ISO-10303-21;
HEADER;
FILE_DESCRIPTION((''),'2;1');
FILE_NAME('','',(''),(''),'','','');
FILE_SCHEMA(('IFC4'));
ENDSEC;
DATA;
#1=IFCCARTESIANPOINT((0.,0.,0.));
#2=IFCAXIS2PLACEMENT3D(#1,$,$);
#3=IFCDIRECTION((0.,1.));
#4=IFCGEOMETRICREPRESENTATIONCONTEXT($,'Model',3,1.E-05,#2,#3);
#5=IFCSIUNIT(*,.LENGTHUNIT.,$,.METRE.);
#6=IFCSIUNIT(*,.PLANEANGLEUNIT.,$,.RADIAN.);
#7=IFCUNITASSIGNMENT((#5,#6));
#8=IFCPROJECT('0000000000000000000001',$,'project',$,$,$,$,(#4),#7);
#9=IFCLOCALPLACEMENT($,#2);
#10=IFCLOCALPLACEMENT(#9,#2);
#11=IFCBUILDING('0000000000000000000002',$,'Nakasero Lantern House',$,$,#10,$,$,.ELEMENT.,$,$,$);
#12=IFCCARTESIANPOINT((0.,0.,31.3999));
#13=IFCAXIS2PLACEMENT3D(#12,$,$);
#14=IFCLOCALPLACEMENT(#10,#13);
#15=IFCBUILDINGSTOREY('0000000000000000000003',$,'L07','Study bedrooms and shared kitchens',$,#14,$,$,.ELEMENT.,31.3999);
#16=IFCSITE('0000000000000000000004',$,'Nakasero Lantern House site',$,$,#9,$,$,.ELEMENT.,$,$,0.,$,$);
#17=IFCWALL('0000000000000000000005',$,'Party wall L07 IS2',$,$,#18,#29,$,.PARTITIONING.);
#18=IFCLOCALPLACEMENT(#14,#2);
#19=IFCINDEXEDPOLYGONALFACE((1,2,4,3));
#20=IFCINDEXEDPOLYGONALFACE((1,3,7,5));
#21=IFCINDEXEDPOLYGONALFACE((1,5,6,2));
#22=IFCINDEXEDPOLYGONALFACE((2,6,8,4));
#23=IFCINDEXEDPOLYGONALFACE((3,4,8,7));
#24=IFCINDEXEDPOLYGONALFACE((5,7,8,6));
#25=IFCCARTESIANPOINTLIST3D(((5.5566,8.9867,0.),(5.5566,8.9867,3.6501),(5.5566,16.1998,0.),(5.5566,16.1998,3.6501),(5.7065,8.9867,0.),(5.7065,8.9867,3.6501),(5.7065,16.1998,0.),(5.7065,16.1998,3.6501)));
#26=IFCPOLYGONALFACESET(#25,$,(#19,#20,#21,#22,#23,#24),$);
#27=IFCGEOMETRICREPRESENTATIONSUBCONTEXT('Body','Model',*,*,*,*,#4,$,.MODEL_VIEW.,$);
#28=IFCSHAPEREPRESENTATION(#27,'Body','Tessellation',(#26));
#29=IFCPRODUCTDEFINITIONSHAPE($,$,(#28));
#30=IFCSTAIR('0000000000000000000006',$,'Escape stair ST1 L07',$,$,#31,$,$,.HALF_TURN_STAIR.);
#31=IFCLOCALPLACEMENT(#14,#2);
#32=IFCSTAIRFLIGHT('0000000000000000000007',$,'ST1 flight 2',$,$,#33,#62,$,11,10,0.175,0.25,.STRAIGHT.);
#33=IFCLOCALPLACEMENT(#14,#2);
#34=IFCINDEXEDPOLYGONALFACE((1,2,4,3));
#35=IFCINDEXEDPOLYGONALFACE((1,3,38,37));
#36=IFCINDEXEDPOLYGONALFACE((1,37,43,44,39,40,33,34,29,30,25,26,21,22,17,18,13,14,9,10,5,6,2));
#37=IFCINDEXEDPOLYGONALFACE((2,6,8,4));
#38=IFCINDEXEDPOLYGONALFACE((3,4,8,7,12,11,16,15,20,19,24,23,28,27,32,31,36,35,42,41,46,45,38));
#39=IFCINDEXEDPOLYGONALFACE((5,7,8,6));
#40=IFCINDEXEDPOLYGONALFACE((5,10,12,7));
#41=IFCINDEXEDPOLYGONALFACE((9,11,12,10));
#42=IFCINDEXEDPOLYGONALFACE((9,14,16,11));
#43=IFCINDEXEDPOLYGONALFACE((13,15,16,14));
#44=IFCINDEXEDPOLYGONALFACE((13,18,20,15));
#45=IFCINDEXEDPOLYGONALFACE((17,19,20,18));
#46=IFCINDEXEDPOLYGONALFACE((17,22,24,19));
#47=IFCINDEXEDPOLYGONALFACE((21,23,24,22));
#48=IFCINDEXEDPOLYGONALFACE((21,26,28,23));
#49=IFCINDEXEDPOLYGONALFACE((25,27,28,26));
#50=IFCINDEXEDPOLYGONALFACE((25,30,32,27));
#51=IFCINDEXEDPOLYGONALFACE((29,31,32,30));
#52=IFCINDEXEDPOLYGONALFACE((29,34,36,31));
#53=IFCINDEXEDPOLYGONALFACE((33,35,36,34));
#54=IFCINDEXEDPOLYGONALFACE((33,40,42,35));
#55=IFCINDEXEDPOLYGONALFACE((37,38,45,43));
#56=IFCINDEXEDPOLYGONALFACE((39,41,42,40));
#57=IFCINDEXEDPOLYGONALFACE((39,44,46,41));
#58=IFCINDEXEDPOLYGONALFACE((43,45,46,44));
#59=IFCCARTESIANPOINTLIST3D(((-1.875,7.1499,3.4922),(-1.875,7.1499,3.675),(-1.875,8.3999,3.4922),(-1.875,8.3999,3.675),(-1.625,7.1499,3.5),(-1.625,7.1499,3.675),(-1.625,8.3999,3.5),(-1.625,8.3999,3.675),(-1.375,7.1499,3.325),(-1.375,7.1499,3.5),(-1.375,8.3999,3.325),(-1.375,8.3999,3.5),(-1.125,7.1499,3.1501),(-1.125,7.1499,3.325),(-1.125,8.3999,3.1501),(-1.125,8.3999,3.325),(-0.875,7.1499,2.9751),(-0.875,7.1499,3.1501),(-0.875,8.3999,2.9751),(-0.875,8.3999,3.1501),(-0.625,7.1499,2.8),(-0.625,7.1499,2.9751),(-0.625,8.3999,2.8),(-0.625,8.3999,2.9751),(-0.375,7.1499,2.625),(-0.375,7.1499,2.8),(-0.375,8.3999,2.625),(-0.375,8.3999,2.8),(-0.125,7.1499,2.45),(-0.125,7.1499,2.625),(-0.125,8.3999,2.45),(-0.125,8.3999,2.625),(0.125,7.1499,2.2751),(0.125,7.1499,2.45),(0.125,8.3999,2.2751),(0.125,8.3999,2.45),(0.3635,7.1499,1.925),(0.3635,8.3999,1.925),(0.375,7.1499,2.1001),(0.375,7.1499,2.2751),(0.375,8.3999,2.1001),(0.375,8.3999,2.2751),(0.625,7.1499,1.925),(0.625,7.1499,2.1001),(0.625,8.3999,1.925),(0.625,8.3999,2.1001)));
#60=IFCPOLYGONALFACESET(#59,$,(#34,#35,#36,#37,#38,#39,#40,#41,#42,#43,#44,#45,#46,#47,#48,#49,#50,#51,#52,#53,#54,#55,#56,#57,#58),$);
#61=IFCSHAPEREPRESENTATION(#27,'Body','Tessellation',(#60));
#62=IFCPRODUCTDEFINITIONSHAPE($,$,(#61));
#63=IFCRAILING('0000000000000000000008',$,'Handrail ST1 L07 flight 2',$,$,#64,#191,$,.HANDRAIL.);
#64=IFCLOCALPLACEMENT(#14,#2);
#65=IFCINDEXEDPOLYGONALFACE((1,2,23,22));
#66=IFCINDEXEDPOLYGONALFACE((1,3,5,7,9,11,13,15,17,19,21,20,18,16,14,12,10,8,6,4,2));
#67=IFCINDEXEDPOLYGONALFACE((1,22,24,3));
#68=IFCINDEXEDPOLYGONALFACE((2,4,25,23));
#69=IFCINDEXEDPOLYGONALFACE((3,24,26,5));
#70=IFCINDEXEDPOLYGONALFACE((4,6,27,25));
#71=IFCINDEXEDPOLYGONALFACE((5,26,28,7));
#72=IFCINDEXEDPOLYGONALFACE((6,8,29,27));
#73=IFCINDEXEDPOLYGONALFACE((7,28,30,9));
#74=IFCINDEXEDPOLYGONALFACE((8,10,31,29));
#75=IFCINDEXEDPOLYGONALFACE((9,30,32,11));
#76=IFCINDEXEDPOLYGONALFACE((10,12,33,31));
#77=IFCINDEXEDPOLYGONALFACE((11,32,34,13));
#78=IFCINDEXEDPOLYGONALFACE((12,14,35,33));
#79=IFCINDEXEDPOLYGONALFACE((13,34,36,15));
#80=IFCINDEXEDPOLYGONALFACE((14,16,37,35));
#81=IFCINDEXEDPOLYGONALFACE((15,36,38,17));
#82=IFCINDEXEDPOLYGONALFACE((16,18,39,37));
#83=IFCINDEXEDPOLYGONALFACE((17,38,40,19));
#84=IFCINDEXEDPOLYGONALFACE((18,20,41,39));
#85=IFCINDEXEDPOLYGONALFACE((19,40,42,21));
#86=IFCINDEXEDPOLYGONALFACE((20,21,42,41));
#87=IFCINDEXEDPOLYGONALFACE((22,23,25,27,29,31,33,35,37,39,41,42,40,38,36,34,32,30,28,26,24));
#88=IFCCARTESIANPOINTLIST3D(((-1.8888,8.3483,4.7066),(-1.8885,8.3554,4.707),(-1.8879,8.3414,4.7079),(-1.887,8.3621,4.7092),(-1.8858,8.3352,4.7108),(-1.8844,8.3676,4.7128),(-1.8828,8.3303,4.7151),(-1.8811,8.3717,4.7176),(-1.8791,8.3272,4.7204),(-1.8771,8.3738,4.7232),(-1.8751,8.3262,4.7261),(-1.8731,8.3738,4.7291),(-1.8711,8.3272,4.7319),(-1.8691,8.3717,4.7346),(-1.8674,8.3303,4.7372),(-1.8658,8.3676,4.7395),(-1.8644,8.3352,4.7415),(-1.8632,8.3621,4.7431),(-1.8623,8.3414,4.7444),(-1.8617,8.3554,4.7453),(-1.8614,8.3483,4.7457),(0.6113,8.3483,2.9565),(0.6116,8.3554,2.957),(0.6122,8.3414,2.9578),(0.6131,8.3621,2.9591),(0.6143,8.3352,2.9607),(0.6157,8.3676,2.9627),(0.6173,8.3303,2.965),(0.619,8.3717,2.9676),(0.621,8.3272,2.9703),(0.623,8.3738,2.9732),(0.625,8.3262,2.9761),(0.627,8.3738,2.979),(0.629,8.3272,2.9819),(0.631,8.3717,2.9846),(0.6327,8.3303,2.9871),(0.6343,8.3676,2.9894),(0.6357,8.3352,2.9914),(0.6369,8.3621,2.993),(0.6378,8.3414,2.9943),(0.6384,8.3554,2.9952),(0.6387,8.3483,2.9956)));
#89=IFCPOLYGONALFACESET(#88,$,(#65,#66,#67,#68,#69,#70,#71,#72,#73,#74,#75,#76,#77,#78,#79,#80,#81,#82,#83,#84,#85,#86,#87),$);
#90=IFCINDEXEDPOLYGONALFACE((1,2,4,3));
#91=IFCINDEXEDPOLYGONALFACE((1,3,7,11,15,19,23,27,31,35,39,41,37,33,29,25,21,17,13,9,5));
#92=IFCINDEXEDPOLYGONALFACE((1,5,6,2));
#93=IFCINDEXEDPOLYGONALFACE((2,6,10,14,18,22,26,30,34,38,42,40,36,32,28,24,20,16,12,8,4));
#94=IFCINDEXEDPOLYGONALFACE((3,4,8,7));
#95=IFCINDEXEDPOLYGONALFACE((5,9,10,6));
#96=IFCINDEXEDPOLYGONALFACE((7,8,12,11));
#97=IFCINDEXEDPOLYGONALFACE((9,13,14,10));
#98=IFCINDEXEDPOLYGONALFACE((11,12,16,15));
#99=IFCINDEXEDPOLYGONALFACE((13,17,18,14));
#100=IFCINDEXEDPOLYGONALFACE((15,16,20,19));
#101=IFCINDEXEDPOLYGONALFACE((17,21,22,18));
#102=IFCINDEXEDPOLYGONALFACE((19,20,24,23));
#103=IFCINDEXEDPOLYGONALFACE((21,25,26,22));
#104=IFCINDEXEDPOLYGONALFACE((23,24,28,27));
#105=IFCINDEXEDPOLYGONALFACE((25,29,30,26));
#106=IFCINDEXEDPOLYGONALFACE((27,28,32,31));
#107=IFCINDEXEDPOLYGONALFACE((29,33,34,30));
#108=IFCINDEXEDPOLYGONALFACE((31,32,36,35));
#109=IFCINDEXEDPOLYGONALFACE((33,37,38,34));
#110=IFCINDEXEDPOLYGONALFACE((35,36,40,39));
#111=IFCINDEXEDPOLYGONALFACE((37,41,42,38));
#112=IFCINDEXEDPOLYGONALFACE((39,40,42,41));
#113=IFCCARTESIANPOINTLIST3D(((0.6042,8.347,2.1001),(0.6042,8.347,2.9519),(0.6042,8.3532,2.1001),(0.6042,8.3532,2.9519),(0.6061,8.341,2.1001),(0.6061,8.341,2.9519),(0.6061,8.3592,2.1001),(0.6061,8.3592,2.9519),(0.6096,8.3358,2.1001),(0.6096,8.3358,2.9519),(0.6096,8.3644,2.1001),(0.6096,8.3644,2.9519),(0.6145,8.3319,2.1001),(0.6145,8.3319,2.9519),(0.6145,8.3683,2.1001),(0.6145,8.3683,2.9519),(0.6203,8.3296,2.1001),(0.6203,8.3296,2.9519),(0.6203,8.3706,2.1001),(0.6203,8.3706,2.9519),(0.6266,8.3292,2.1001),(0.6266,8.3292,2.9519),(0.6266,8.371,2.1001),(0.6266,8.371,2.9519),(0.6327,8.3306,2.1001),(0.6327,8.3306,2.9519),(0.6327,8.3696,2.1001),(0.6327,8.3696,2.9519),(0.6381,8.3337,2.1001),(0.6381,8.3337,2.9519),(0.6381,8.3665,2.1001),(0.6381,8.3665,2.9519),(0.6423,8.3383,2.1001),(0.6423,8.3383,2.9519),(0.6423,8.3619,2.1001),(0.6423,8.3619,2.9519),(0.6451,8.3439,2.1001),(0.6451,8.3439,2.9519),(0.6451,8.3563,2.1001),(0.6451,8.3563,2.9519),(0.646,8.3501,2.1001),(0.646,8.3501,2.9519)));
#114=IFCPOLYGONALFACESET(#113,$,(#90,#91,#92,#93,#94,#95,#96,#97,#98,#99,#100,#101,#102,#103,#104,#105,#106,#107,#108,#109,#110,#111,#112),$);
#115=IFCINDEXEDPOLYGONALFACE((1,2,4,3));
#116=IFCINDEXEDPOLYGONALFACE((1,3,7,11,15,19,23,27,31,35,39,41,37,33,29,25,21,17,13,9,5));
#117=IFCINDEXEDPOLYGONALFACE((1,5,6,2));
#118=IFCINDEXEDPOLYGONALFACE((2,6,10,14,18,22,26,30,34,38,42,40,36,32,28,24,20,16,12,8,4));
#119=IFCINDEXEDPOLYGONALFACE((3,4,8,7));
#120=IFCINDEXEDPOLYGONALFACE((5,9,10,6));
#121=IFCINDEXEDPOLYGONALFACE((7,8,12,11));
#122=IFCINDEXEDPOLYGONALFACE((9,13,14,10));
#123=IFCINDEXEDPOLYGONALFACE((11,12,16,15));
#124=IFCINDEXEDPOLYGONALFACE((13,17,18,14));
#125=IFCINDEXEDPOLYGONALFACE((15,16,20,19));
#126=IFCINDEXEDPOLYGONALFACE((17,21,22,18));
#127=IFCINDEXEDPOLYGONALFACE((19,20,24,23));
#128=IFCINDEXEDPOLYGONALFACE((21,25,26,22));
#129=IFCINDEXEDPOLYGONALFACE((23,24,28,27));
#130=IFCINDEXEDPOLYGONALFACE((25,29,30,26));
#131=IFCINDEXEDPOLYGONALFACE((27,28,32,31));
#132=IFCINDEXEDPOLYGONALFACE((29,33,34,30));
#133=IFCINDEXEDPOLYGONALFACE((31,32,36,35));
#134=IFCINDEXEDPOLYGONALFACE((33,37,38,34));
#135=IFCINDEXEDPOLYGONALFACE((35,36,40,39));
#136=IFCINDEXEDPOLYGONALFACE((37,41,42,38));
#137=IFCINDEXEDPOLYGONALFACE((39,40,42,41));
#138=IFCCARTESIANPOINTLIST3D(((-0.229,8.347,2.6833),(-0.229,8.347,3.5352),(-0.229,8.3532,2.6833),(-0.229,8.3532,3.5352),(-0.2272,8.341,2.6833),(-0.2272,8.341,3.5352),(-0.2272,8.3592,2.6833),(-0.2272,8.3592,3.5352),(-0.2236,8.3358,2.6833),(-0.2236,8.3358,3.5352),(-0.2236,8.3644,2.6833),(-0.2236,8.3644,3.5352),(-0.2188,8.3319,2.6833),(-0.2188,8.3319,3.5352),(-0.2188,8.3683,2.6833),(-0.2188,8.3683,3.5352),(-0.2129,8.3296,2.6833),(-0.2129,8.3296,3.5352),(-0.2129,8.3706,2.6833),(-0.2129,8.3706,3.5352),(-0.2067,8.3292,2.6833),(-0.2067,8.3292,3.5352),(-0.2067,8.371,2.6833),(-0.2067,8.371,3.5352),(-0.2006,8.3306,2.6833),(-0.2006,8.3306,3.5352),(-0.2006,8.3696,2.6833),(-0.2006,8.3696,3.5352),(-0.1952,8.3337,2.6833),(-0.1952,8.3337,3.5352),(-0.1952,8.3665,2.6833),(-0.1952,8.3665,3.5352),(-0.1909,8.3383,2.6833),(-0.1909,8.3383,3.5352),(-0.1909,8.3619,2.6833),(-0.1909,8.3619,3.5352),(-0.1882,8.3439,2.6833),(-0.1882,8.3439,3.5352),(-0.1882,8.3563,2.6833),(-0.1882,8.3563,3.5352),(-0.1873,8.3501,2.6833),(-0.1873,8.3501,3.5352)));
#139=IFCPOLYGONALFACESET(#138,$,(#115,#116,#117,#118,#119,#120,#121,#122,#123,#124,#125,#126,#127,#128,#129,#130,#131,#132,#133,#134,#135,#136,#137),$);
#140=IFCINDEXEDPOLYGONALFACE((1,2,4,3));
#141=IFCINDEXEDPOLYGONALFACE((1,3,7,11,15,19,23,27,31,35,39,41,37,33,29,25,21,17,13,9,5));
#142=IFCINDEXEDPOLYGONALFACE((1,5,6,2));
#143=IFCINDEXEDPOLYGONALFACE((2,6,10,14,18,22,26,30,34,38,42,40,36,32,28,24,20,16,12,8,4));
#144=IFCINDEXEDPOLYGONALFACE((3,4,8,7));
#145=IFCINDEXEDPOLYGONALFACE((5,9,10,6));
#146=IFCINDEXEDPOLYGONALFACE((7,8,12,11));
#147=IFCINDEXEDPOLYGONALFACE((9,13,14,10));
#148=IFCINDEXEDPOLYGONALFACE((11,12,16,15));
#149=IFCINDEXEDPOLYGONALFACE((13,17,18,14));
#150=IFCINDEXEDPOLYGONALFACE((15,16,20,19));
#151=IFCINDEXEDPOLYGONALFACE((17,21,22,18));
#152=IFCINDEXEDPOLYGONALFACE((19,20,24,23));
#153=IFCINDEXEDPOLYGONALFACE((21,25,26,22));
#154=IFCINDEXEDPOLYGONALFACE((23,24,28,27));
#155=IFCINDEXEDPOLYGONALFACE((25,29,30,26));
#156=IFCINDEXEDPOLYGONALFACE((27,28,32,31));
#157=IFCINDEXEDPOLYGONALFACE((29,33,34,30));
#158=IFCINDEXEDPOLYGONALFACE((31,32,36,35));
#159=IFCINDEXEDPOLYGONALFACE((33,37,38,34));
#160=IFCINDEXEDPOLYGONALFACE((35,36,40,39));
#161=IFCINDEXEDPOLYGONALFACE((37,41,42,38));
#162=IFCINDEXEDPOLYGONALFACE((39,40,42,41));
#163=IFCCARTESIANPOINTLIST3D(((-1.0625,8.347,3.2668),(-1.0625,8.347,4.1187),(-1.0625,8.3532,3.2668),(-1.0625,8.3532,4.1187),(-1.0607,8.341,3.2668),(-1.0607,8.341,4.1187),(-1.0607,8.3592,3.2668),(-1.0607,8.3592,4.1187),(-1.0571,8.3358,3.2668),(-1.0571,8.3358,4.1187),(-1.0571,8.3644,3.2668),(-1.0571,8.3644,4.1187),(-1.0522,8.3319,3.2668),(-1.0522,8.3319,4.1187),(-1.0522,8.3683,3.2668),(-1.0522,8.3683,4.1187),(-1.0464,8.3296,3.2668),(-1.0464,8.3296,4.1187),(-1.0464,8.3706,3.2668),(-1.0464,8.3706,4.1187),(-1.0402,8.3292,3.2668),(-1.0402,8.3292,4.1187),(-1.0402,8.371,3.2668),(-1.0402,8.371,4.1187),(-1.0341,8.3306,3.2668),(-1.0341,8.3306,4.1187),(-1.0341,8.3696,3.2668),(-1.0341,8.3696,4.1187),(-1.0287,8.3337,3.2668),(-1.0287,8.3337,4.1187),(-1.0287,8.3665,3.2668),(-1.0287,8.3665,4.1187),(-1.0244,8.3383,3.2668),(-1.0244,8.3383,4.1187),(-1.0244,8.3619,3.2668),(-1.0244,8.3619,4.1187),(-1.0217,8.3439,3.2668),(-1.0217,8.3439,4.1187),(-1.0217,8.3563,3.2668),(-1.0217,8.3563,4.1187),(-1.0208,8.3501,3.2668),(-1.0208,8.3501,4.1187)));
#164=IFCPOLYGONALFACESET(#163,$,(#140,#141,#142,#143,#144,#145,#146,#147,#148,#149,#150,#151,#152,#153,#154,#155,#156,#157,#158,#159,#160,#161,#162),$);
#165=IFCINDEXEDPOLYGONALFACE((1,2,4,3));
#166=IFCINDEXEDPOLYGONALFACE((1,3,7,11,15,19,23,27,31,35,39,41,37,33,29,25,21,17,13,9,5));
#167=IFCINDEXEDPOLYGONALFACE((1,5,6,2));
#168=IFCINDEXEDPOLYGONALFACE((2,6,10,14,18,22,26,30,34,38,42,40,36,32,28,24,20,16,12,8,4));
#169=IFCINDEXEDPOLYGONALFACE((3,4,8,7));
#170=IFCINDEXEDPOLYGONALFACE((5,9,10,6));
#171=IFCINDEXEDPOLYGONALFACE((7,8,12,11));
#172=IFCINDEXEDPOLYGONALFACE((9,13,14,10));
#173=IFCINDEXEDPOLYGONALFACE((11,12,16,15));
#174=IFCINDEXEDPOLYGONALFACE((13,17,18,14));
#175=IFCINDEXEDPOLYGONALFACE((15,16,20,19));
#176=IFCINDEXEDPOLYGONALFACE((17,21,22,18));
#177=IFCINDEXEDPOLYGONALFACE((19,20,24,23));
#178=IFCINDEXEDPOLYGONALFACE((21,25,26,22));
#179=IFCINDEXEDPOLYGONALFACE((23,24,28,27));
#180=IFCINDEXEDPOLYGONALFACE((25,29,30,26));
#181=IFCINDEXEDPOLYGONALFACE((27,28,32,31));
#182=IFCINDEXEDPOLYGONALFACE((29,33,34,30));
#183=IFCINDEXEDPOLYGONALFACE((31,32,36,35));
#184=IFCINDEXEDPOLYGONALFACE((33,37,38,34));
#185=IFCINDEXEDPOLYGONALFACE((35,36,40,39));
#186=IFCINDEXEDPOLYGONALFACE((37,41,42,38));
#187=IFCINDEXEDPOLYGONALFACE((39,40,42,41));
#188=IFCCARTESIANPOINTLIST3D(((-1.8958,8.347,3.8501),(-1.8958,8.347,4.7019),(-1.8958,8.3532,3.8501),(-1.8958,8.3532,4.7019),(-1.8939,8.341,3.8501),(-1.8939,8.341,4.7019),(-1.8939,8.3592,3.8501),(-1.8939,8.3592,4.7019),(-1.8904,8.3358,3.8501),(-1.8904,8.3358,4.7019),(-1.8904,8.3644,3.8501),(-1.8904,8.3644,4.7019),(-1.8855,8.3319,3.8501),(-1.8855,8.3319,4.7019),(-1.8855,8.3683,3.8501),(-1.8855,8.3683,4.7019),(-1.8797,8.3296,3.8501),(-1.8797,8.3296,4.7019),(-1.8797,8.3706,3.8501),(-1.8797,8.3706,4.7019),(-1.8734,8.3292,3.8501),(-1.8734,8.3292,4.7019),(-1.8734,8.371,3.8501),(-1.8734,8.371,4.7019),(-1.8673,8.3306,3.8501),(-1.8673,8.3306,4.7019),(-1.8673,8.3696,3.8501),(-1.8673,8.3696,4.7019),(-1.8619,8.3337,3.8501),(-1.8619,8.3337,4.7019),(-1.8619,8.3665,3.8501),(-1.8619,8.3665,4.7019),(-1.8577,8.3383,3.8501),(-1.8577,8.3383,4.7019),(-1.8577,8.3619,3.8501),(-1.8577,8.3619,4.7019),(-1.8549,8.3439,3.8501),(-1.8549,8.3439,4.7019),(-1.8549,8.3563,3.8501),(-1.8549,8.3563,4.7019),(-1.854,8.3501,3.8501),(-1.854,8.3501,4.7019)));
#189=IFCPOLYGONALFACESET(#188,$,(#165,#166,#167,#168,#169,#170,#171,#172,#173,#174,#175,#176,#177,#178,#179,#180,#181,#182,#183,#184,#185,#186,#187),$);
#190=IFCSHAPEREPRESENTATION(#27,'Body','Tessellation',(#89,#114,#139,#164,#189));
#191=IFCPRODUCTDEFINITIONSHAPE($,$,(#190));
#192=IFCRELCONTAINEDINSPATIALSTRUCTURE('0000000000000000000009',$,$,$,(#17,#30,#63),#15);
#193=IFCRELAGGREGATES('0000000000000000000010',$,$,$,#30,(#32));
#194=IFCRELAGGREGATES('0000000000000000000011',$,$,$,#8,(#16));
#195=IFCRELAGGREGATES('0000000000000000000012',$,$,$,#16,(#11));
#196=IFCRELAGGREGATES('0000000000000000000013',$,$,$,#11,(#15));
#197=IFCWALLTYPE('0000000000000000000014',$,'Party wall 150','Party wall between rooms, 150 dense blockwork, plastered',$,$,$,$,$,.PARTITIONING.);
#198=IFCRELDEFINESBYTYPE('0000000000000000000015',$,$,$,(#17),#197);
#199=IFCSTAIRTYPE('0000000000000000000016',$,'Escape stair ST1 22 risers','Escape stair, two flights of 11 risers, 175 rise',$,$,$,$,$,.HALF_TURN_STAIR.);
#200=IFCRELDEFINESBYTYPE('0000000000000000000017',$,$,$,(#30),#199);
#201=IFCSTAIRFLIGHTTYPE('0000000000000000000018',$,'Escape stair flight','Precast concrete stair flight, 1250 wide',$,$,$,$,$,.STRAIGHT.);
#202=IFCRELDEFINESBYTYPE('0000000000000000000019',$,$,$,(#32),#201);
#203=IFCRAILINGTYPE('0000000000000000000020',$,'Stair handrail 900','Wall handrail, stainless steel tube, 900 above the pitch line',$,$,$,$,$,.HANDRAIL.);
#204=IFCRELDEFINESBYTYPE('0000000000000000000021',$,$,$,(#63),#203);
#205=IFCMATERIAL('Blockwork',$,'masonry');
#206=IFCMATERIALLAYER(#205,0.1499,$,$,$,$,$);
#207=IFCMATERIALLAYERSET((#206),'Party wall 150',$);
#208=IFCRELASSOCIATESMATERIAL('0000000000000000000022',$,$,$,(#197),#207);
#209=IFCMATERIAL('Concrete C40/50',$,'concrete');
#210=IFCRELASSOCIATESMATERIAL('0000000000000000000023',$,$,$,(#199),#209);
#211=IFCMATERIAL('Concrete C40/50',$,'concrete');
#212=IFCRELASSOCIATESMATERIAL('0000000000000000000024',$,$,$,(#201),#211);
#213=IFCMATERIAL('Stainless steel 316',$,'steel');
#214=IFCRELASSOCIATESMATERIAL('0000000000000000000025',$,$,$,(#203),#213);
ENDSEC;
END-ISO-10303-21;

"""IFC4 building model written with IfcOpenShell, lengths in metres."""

from ifc_helpers import new_model, si_unit, direction, frame, frame_2d, origin, origin_2d, place, context, subcontext, project, spatial, polyline, rectangle, circle, outline, extrude, material, layer, layer_set, type_object, element, aggregate, save


model = new_model("IFC4")

# Units and contexts
model_context = context("Model", 3, precision=1e-05, world=origin(), true_north=direction((0.0, 1.0)))
body_context = subcontext(model_context, "Body", "Model", "MODEL_VIEW")
ifc_project = project(units=[si_unit("LENGTHUNIT", "METRE"), si_unit("PLANEANGLEUNIT", "RADIAN")], contexts=[model_context])

# Site, building, storey
site_placement = place(None, origin())
site = spatial("IfcSite", under=ifc_project, at=site_placement, Name="Nakasero Lantern House site", CompositionType="ELEMENT", RefElevation=0.0)
building_placement = place(site_placement, origin())
building = spatial("IfcBuilding", under=site, at=building_placement, Name="Nakasero Lantern House", CompositionType="ELEMENT")
storey_placement = place(building_placement, frame((0.0, 0.0, 31.3999)))
storey = spatial("IfcBuildingStorey", under=building, at=storey_placement, Name="L07", Description="Study bedrooms and shared kitchens", CompositionType="ELEMENT", Elevation=31.3999)

# Wall
ifc_material_1 = material(Name="Blockwork", Category="masonry")
ifc_layer_1 = layer(ifc_material_1, 0.1499)
ifc_layer_set_1 = layer_set([ifc_layer_1], Name="Party wall 150")
wall_type_1 = type_object("IfcWallType", Name="Party wall 150", Description="Party wall between rooms, 150 dense blockwork, plastered", PredefinedType="PARTITIONING", material=ifc_layer_set_1)
wall_1_placement = place(storey_placement, frame((5.6316, 8.9868, 0.0), z_axis=(0.0, 0.0, 1.0), x_axis=(0.0, 1.0, 0.0)))
element("IfcWall", 1, at=wall_1_placement, inside=storey, type_object=wall_type_1, Name="Party wall L07 IS2", PredefinedType="PARTITIONING", context=body_context, shape_type="SweptSolid", body=[
    extrude(rectangle(XDim=7.2131, YDim=0.1499, at=frame_2d((3.6064, 0.0))), origin(), (0.0, 0.0, 1.0), 3.6501),
])

# Stair, stair flight
ifc_material_2 = material(Name="Concrete C40/50", Category="concrete")
stair_type_1 = type_object("IfcStairType", Name="Escape stair ST1 22 risers", Description="Escape stair, two flights of 11 risers, 175 rise", PredefinedType="HALF_TURN_STAIR", material=ifc_material_2)
stair_1_placement = place(storey_placement, origin())
stair_1 = element("IfcStair", 2, at=stair_1_placement, inside=storey, type_object=stair_type_1, Name="Escape stair ST1 L07", PredefinedType="HALF_TURN_STAIR")
ifc_material_3 = material(Name="Concrete C40/50", Category="concrete")
stair_flight_type = type_object("IfcStairFlightType", Name="Escape stair flight", Description="Precast concrete stair flight, 1250 wide", PredefinedType="STRAIGHT", material=ifc_material_3)
stair_flight_placement = place(storey_placement, frame((0.625, 7.7749, 1.925), z_axis=(0.0, 0.0, 1.0), x_axis=(-1.0, 0.0, 0.0)))
stair_flight = element("IfcStairFlight", 3, at=stair_flight_placement, type_object=stair_flight_type, Name="ST1 flight 2", NumberOfRisers=11, NumberOfTreads=10, PredefinedType="STRAIGHT", RiserHeight=0.175, TreadLength=0.25, context=body_context, shape_type="SweptSolid", body=[
    extrude(outline(polyline([(0.0, 0.0), (0.0, 0.175), (0.25, 0.175), (0.25, 0.3501), (0.5, 0.3501), (0.5, 0.5249), (0.75, 0.5249), (0.75, 0.7), (1.0, 0.7), (1.0, 0.875), (1.25, 0.875), (1.25, 1.05), (1.5, 1.05), (1.5, 1.2251), (1.75, 1.2251), (1.75, 1.3999), (2.0, 1.3999), (2.0, 1.575), (2.25, 1.575), (2.25, 1.75), (2.5, 1.75), (2.5, 1.925), (2.5, 1.5671), (0.2615, 0.0), (0.0, 0.0)])), frame((0.0, 0.625, 0.0), z_axis=(0.0, -1.0, 0.0), x_axis=(1.0, 0.0, 0.0)), (0.0, 0.0, 1.0), 1.25),
])
aggregate(stair_1, [stair_flight])

# Railing
ifc_material_4 = material(Name="Stainless steel 316", Category="steel")
railing_type = type_object("IfcRailingType", Name="Stair handrail 900", Description="Wall handrail, stainless steel tube, 900 above the pitch line", PredefinedType="HANDRAIL", material=ifc_material_4)
railing_placement = place(storey_placement, frame((0.625, 8.3501, 2.1001)))
element("IfcRailing", 4, at=railing_placement, inside=storey, type_object=railing_type, Name="Handrail ST1 L07 flight 2", PredefinedType="HANDRAIL", context=body_context, shape_type="SweptSolid", body=[
    extrude(circle(Radius=0.0239, at=origin_2d()), frame((0.0, 0.0, 0.876), z_axis=(-0.819232, 0.0, 0.573462), x_axis=(0.0, -1.0, 0.0)), (0.0, 0.0, 1.0), 3.0518),
    extrude(circle(Radius=0.021, at=origin_2d()), origin(), (0.0, 0.0, 1.0), 0.8518),
    extrude(circle(Radius=0.021, at=origin_2d()), frame((-0.8333, 0.0, 0.5833)), (0.0, 0.0, 1.0), 0.8518),
    extrude(circle(Radius=0.021, at=origin_2d()), frame((-1.6667, 0.0, 1.1667)), (0.0, 0.0, 1.0), 0.8518),
    extrude(circle(Radius=0.021, at=origin_2d()), frame((-2.5, 0.0, 1.75)), (0.0, 0.0, 1.0), 0.8518),
])

save(model, "model.ifc")
